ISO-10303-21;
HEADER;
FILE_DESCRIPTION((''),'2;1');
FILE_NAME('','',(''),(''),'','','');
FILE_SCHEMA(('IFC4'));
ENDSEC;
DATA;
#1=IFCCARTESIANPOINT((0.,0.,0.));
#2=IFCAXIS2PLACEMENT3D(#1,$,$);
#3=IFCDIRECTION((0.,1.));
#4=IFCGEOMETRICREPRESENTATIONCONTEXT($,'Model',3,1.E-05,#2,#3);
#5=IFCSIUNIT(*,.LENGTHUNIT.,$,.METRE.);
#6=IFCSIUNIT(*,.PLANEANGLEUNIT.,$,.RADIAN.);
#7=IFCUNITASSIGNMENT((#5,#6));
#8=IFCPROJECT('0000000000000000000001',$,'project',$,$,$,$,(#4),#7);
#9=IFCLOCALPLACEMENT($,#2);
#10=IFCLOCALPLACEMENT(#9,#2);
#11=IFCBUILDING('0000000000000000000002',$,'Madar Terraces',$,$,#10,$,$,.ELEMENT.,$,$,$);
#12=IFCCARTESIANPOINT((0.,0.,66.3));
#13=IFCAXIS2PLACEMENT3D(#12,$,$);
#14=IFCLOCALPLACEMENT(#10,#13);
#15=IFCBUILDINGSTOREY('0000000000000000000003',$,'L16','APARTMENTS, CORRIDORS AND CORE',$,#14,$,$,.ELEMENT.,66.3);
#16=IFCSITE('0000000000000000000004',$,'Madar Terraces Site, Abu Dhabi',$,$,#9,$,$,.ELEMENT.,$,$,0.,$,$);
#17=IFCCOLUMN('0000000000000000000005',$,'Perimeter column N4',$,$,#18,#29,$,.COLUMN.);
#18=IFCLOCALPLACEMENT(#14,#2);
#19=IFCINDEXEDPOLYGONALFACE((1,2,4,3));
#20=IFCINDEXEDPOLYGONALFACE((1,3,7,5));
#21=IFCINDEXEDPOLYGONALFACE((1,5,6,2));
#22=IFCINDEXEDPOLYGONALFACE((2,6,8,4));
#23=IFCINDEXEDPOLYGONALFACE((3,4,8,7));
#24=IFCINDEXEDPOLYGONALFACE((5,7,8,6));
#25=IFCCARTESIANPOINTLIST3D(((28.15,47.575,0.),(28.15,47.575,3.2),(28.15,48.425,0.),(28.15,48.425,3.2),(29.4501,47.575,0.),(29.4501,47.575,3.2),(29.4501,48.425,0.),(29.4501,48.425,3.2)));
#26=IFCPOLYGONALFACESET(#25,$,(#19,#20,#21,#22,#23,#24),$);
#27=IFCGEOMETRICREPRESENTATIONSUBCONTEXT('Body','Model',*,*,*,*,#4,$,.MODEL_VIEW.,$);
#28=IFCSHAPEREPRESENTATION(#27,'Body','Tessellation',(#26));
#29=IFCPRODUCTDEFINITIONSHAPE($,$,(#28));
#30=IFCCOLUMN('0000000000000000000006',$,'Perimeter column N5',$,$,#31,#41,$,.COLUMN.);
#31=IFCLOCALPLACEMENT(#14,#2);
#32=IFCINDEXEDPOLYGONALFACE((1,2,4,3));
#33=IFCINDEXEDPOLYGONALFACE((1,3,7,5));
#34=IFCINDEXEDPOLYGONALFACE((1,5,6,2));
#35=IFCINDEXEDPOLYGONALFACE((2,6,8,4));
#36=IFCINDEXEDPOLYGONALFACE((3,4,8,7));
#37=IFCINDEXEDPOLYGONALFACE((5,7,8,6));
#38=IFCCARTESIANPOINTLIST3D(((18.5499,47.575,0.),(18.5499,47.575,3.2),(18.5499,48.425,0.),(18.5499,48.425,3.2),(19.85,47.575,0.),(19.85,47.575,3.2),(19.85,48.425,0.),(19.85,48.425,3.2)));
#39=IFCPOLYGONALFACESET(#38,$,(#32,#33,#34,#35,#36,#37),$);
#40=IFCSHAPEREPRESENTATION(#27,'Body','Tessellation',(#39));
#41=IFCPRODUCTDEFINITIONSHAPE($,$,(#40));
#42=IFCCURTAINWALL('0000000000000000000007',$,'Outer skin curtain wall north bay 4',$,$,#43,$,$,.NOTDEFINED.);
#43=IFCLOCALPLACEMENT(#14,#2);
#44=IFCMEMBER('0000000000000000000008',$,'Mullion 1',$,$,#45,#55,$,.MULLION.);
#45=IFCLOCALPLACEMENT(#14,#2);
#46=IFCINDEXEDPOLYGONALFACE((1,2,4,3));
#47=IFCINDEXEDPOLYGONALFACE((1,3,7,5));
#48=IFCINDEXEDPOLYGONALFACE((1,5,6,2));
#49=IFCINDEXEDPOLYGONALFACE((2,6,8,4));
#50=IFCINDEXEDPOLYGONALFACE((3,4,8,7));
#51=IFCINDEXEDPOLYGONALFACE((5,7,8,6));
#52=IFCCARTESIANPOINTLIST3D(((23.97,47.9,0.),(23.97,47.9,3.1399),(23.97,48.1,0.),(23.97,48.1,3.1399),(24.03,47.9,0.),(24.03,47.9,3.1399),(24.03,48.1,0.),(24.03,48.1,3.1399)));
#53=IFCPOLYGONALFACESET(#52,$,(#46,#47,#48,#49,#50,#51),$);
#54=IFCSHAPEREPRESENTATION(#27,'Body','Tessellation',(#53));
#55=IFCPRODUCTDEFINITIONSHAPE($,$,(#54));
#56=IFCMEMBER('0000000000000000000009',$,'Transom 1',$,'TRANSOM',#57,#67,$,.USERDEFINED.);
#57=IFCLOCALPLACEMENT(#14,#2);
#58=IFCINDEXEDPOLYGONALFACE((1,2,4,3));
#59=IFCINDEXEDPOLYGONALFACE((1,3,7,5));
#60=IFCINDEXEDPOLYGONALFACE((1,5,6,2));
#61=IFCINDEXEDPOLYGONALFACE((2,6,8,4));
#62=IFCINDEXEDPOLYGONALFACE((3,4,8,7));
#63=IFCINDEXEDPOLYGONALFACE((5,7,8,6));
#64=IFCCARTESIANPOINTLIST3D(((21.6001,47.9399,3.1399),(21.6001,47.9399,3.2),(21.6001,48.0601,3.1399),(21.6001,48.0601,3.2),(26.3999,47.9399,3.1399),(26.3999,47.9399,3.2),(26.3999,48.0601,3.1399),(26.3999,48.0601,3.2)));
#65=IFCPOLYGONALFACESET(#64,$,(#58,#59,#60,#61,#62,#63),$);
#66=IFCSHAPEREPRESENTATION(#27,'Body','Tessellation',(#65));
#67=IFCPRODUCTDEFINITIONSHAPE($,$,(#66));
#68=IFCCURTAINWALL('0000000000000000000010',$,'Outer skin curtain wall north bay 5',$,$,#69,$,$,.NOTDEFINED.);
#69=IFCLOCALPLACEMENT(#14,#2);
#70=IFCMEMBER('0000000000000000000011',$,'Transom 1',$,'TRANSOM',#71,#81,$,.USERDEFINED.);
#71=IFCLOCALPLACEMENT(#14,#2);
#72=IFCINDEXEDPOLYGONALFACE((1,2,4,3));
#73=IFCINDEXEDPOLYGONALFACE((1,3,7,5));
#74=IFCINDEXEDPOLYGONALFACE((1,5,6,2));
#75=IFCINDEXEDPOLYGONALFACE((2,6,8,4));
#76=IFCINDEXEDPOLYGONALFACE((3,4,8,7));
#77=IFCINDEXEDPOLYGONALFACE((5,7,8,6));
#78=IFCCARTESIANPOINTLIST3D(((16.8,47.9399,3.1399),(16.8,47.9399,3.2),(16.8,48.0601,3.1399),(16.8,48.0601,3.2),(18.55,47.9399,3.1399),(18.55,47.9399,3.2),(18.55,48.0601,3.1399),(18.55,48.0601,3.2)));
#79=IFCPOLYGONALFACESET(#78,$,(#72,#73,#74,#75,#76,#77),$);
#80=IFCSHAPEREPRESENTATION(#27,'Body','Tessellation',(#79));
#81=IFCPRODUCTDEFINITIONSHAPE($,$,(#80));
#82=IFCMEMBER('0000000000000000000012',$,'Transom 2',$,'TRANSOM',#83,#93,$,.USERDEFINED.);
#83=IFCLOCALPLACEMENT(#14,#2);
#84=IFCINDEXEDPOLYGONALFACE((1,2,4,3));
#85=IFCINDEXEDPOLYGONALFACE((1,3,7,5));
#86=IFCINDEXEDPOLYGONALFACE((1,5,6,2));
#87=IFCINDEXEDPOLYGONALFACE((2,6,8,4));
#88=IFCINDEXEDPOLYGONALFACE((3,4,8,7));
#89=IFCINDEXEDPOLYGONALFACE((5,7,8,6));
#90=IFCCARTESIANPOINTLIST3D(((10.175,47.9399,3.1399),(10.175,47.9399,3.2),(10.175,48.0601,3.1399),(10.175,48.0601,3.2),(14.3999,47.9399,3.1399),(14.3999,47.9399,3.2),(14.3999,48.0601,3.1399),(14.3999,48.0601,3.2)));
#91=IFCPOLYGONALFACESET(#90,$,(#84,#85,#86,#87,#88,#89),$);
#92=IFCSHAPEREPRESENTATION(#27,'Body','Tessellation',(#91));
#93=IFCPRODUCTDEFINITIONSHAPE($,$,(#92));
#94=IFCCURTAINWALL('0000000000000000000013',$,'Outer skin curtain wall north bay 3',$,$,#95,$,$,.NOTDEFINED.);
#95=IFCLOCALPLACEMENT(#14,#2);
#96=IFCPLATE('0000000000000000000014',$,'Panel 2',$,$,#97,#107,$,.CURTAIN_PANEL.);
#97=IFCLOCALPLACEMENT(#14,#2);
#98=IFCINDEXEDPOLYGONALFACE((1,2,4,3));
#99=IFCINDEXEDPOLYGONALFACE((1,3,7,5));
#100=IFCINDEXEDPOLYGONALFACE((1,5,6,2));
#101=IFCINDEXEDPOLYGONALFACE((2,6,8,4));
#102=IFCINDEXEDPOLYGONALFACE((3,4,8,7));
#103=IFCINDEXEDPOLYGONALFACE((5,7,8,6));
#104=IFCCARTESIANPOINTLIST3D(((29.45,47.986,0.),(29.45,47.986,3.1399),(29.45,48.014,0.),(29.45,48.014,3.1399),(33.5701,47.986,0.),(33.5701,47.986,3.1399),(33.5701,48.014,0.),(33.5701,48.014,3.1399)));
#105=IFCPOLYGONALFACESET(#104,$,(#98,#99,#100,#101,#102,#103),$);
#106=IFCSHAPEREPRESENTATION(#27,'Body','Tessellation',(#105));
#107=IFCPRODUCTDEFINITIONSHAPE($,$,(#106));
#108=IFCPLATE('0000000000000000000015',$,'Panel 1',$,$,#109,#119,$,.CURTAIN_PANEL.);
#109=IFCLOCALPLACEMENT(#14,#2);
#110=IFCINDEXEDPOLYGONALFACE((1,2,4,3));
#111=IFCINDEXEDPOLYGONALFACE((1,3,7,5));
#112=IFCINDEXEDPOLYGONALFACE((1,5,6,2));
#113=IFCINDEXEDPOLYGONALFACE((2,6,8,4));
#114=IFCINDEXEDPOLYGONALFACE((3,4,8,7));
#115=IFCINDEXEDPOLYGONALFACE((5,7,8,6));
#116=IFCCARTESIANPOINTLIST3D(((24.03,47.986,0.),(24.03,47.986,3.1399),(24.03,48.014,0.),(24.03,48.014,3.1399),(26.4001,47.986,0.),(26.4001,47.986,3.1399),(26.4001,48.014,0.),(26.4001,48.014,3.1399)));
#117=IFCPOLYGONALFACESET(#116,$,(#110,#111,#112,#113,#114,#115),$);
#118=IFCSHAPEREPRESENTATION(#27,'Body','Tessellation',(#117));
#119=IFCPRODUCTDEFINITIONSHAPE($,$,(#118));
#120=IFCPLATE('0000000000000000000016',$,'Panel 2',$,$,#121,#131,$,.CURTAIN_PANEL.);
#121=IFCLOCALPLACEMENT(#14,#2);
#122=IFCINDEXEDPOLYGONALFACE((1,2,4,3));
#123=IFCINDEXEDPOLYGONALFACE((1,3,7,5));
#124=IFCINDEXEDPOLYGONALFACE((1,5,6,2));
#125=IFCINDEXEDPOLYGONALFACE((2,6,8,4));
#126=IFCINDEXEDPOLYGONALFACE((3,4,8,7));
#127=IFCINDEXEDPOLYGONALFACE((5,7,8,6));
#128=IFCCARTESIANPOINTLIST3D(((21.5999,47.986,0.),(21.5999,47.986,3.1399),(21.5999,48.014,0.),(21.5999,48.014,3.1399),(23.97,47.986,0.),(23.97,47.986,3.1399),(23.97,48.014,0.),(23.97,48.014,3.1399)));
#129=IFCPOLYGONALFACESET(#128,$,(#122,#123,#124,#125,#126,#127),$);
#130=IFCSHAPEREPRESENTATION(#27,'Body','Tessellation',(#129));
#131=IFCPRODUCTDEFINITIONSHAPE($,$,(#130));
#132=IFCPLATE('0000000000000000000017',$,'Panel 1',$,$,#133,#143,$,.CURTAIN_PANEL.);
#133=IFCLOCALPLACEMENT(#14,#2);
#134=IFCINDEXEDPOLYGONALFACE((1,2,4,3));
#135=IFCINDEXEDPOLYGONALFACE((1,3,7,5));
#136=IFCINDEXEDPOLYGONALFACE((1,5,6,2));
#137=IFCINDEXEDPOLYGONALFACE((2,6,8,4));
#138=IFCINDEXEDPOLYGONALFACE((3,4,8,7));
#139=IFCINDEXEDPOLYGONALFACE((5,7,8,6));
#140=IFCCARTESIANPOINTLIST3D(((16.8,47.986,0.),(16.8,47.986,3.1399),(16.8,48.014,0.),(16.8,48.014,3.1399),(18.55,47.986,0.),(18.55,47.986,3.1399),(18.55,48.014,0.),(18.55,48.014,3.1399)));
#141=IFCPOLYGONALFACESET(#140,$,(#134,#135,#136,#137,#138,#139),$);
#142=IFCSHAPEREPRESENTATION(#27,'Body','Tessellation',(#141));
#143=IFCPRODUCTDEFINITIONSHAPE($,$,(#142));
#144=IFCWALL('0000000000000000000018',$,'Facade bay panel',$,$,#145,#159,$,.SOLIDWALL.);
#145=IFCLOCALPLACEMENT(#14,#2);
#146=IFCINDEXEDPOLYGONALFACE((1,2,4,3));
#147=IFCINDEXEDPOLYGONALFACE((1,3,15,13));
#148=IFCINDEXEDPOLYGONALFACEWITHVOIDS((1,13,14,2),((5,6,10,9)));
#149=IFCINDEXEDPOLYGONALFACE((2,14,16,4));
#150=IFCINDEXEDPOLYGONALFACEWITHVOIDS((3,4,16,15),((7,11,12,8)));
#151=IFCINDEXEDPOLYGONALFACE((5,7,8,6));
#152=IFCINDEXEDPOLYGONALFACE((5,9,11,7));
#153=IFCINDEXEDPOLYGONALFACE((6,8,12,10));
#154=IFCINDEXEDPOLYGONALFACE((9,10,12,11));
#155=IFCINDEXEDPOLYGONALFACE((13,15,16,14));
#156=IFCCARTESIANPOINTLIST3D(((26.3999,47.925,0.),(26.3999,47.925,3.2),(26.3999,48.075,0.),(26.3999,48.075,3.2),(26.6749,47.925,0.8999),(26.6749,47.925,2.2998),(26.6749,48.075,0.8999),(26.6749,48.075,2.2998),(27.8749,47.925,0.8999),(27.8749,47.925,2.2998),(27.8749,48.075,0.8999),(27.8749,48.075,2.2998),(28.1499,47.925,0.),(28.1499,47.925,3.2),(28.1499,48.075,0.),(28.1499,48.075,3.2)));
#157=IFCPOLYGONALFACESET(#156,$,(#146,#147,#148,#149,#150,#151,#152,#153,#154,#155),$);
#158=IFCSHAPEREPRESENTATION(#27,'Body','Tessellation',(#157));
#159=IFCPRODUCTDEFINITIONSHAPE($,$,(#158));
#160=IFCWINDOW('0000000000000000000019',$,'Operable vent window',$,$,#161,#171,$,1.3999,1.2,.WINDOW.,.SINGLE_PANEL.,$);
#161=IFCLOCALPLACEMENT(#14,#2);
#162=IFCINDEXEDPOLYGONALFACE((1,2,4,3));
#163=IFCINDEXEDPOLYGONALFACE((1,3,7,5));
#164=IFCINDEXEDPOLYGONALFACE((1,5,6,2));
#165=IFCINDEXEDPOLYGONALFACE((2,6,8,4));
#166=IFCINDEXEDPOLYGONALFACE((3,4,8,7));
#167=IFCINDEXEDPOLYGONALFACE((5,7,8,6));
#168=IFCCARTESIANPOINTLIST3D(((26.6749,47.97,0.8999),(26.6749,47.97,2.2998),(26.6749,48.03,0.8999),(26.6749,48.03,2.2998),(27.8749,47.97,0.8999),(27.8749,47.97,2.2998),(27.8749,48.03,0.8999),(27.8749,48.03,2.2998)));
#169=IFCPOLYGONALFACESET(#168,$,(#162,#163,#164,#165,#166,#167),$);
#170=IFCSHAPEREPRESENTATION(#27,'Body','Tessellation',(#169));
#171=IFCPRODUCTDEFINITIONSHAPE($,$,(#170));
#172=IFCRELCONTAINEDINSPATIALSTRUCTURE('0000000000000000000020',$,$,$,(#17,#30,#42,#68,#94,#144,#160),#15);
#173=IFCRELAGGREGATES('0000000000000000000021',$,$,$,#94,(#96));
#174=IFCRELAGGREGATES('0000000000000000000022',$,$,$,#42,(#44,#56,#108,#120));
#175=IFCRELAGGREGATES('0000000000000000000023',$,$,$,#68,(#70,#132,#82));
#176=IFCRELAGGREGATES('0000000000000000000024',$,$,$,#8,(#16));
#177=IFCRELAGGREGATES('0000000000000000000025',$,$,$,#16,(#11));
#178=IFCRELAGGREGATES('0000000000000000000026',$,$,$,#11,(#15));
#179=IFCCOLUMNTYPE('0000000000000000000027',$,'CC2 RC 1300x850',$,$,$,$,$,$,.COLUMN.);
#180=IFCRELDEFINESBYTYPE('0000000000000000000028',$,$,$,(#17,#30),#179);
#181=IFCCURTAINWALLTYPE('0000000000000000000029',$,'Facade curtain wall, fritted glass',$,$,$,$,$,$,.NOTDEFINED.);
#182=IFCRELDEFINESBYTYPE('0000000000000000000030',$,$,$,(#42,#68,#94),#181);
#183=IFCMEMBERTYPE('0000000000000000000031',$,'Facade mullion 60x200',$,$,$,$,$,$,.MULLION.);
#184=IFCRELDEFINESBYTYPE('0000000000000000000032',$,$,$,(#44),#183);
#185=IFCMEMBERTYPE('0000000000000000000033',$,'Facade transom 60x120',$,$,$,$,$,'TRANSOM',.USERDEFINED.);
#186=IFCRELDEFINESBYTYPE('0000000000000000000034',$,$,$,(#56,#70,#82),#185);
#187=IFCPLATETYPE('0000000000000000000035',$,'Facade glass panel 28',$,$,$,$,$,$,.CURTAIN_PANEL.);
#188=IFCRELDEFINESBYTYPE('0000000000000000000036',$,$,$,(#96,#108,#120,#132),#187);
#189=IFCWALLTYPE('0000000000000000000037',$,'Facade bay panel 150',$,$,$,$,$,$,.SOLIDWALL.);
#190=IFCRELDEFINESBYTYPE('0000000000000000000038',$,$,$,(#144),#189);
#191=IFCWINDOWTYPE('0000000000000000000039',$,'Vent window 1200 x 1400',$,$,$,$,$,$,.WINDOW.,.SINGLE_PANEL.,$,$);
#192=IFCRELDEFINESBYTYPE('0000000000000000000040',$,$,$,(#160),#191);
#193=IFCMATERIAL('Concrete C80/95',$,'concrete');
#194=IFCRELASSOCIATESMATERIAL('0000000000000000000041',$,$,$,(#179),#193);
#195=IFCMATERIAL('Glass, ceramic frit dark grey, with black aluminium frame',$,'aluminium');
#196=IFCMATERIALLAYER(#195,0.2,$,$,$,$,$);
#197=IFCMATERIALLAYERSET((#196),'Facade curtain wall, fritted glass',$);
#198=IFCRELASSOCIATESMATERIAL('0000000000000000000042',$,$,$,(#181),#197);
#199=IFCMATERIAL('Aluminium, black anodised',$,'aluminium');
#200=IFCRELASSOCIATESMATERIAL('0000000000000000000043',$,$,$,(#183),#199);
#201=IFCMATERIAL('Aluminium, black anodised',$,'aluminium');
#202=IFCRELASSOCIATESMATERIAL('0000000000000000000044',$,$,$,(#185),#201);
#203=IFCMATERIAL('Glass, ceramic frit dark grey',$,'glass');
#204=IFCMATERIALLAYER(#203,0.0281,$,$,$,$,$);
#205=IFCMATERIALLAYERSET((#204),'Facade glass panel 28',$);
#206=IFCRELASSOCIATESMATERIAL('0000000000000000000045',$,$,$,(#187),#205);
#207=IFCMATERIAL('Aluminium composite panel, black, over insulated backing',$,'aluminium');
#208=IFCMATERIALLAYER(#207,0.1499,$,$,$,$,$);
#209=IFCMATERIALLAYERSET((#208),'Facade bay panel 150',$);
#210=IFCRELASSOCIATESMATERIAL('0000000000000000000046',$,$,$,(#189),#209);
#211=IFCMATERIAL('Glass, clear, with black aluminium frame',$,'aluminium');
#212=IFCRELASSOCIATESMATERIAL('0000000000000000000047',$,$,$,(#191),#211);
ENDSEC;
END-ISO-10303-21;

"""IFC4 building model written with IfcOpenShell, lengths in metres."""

from ifc_helpers import new_model, si_unit, direction, frame, frame_2d, origin, origin_2d, place, context, subcontext, project, spatial, rectangle, extrude, material, layer, layer_set, material_profile, profile_set, type_object, element, fill, aggregate, save


model = new_model("IFC4")

# Units and contexts
model_context = context("Model", 3, precision=1e-05, world=origin(), true_north=direction((0.0, 1.0)))
body_context = subcontext(model_context, "Body", "Model", "MODEL_VIEW")
ifc_project = project(units=[si_unit("LENGTHUNIT", "METRE"), si_unit("PLANEANGLEUNIT", "RADIAN")], contexts=[model_context])

# Site, building, storey
site_placement = place(None, origin())
site = spatial("IfcSite", under=ifc_project, at=site_placement, Name="Madar Terraces Site, Abu Dhabi", CompositionType="ELEMENT", RefElevation=0.0)
building_placement = place(site_placement, origin())
building = spatial("IfcBuilding", under=site, at=building_placement, Name="Madar Terraces", CompositionType="ELEMENT")
storey_placement = place(building_placement, frame((0.0, 0.0, 66.3)))
storey = spatial("IfcBuildingStorey", under=building, at=storey_placement, Name="L16", Description="APARTMENTS, CORRIDORS AND CORE", CompositionType="ELEMENT", Elevation=66.3)

# Columns
ifc_material_1 = material(Name="Concrete C80/95", Category="concrete")
ifc_material_profile_1 = material_profile(ifc_material_1, rectangle(XDim=1.3, YDim=0.8501, at=origin_2d()), Name="CC2 RC 1300x850")
ifc_profile_set_1 = profile_set([ifc_material_profile_1], Name="Concrete C80/95")
column_type = type_object("IfcColumnType", Name="CC2 RC 1300x850", PredefinedType="COLUMN", material=ifc_profile_set_1)
for number, where, z_axis, x_axis, name in (
    (1, (28.8, 48.0, 0.0), (0.0, 0.0, 1.0), (1.0, 0.0, 0.0), "Perimeter column N4"),
    (2, (19.2, 48.0, 0.0), (0.0, 0.0, 1.0), (1.0, 0.0, 0.0), "Perimeter column N5"),
):
    element("IfcColumn", number, at=place(storey_placement, frame(where, z_axis=z_axis, x_axis=x_axis)), inside=storey, type_object=column_type, Name=name, PredefinedType="COLUMN", context=body_context, shape_type="SweptSolid", body=[
        extrude(rectangle(XDim=1.3, YDim=0.8501, at=origin_2d()), origin(), (0.0, 0.0, 1.0), 3.2),
    ])

# Curtain walls, members
ifc_material_2 = material(Name="Glass, ceramic frit dark grey, with black aluminium frame", Category="aluminium")
ifc_layer_1 = layer(ifc_material_2, 0.2)
ifc_layer_set_1 = layer_set([ifc_layer_1], Name="Facade curtain wall, fritted glass")
curtain_wall_type = type_object("IfcCurtainWallType", Name="Facade curtain wall, fritted glass", PredefinedType="NOTDEFINED", material=ifc_layer_set_1)
curtain_wall_1_placement = place(storey_placement, origin())
curtain_wall_1 = element("IfcCurtainWall", 3, at=curtain_wall_1_placement, inside=storey, type_object=curtain_wall_type, Name="Outer skin curtain wall north bay 4", PredefinedType="NOTDEFINED")
ifc_material_3 = material(Name="Aluminium, black anodised", Category="aluminium")
ifc_material_profile_2 = material_profile(ifc_material_3, rectangle(XDim=0.2, YDim=0.0601, at=origin_2d()), Name="Facade mullion 60x200")
ifc_profile_set_2 = profile_set([ifc_material_profile_2], Name="Aluminium, black anodised")
member_type_1 = type_object("IfcMemberType", Name="Facade mullion 60x200", PredefinedType="MULLION", material=ifc_profile_set_2)
member_1_placement = place(storey_placement, frame((24.0, 48.0, 0.0), z_axis=(0.0, 0.0, 1.0), x_axis=(0.0, -1.0, 0.0)))
member_1 = element("IfcMember", 4, at=member_1_placement, type_object=member_type_1, Name="Mullion 1", PredefinedType="MULLION", context=body_context, shape_type="SweptSolid", body=[
    extrude(rectangle(XDim=0.2, YDim=0.0601, at=origin_2d()), origin(), (0.0, 0.0, 1.0), 3.1399),
])
ifc_material_4 = material(Name="Aluminium, black anodised", Category="aluminium")
ifc_material_profile_3 = material_profile(ifc_material_4, rectangle(XDim=0.1201, YDim=0.0601, at=origin_2d()), Name="Facade transom 60x120")
ifc_profile_set_3 = profile_set([ifc_material_profile_3], Name="Aluminium, black anodised")
member_type_2 = type_object("IfcMemberType", Name="Facade transom 60x120", ElementType="TRANSOM", PredefinedType="USERDEFINED", material=ifc_profile_set_3)
member_2_placement = place(storey_placement, frame((26.3999, 48.0, 3.1699), z_axis=(-1.0, 0.0, 0.0), x_axis=(0.0, -1.0, 0.0)))
member_2 = element("IfcMember", 5, at=member_2_placement, type_object=member_type_2, Name="Transom 1", ObjectType="TRANSOM", PredefinedType="USERDEFINED", context=body_context, shape_type="SweptSolid", body=[
    extrude(rectangle(XDim=0.1201, YDim=0.0601, at=origin_2d()), origin(), (0.0, 0.0, 1.0), 4.7998),
])
curtain_wall_2_placement = place(storey_placement, origin())
curtain_wall_2 = element("IfcCurtainWall", 6, at=curtain_wall_2_placement, inside=storey, type_object=curtain_wall_type, Name="Outer skin curtain wall north bay 5", PredefinedType="NOTDEFINED")
member_3_placement = place(storey_placement, frame((18.55, 48.0, 3.1699), z_axis=(-1.0, 0.0, 0.0), x_axis=(0.0, -1.0, 0.0)))
member_3 = element("IfcMember", 7, at=member_3_placement, type_object=member_type_2, Name="Transom 1", ObjectType="TRANSOM", PredefinedType="USERDEFINED", context=body_context, shape_type="SweptSolid", body=[
    extrude(rectangle(XDim=0.1201, YDim=0.0601, at=origin_2d()), origin(), (0.0, 0.0, 1.0), 1.75),
])
member_4_placement = place(storey_placement, frame((14.3999, 48.0, 3.1699), z_axis=(-1.0, 0.0, 0.0), x_axis=(0.0, -1.0, 0.0)))
member_4 = element("IfcMember", 8, at=member_4_placement, type_object=member_type_2, Name="Transom 2", ObjectType="TRANSOM", PredefinedType="USERDEFINED", context=body_context, shape_type="SweptSolid", body=[
    extrude(rectangle(XDim=0.1201, YDim=0.0601, at=origin_2d()), origin(), (0.0, 0.0, 1.0), 4.2249),
])

# Curtain wall, plate
curtain_wall_3_placement = place(storey_placement, origin())
curtain_wall_3 = element("IfcCurtainWall", 9, at=curtain_wall_3_placement, inside=storey, type_object=curtain_wall_type, Name="Outer skin curtain wall north bay 3", PredefinedType="NOTDEFINED")
ifc_material_5 = material(Name="Glass, ceramic frit dark grey", Category="glass")
ifc_layer_2 = layer(ifc_material_5, 0.0281)
ifc_layer_set_2 = layer_set([ifc_layer_2], Name="Facade glass panel 28")
plate_type = type_object("IfcPlateType", Name="Facade glass panel 28", PredefinedType="CURTAIN_PANEL", material=ifc_layer_set_2)
plate_1_placement = place(storey_placement, frame((31.51, 48.0, 0.0), z_axis=(0.0, 0.0, 1.0), x_axis=(-1.0, 0.0, 0.0)))
plate_1 = element("IfcPlate", 10, at=plate_1_placement, type_object=plate_type, Name="Panel 2", PredefinedType="CURTAIN_PANEL", context=body_context, shape_type="SweptSolid", body=[
    extrude(rectangle(XDim=4.1201, YDim=0.0281, at=origin_2d()), origin(), (0.0, 0.0, 1.0), 3.1399),
])
aggregate(curtain_wall_3, [plate_1])

# Plates
plate_2_placement = place(storey_placement, frame((25.2151, 48.0, 0.0), z_axis=(0.0, 0.0, 1.0), x_axis=(-1.0, 0.0, 0.0)))
plate_2 = element("IfcPlate", 11, at=plate_2_placement, type_object=plate_type, Name="Panel 1", PredefinedType="CURTAIN_PANEL", context=body_context, shape_type="SweptSolid", body=[
    extrude(rectangle(XDim=2.3701, YDim=0.0281, at=origin_2d()), origin(), (0.0, 0.0, 1.0), 3.1399),
])
plate_3_placement = place(storey_placement, frame((22.7849, 48.0, 0.0), z_axis=(0.0, 0.0, 1.0), x_axis=(-1.0, 0.0, 0.0)))
plate_3 = element("IfcPlate", 12, at=plate_3_placement, type_object=plate_type, Name="Panel 2", PredefinedType="CURTAIN_PANEL", context=body_context, shape_type="SweptSolid", body=[
    extrude(rectangle(XDim=2.3701, YDim=0.0281, at=origin_2d()), origin(), (0.0, 0.0, 1.0), 3.1399),
])
aggregate(curtain_wall_1, [member_1, member_2, plate_2, plate_3])
plate_4_placement = place(storey_placement, frame((17.675, 48.0, 0.0), z_axis=(0.0, 0.0, 1.0), x_axis=(-1.0, 0.0, 0.0)))
plate_4 = element("IfcPlate", 13, at=plate_4_placement, type_object=plate_type, Name="Panel 1", PredefinedType="CURTAIN_PANEL", context=body_context, shape_type="SweptSolid", body=[
    extrude(rectangle(XDim=1.75, YDim=0.0281, at=origin_2d()), origin(), (0.0, 0.0, 1.0), 3.1399),
])
aggregate(curtain_wall_2, [member_3, plate_4, member_4])

# Wall, opening, window
ifc_material_6 = material(Name="Aluminium composite panel, black, over insulated backing", Category="aluminium")
ifc_layer_3 = layer(ifc_material_6, 0.1499)
ifc_layer_set_3 = layer_set([ifc_layer_3], Name="Facade bay panel 150")
wall_type_1 = type_object("IfcWallType", Name="Facade bay panel 150", PredefinedType="SOLIDWALL", material=ifc_layer_set_3)
wall_1_placement = place(storey_placement, frame((28.1499, 48.0, 0.0), z_axis=(0.0, 0.0, 1.0), x_axis=(-1.0, 0.0, 0.0)))
wall_1 = element("IfcWall", 14, at=wall_1_placement, inside=storey, type_object=wall_type_1, Name="Facade bay panel", PredefinedType="SOLIDWALL", context=body_context, shape_type="SweptSolid", body=[
    extrude(rectangle(XDim=1.75, YDim=0.1499, at=frame_2d((0.875, 0.0))), origin(), (0.0, 0.0, 1.0), 3.2),
])
opening_1_placement = place(wall_1_placement, frame((0.2749, 0.0, 0.8999)))
opening_1 = element("IfcOpeningElement", 15, at=opening_1_placement, cuts=wall_1, PredefinedType="OPENING", context=body_context, shape_type="SweptSolid", body=[
    extrude(rectangle(XDim=1.2, YDim=1.3999, at=frame_2d((0.6001, 0.7))), frame((0.0, 0.085, 0.0), z_axis=(0.0, -1.0, 0.0), x_axis=(1.0, 0.0, 0.0)), (0.0, 0.0, 1.0), 0.1699),
])
ifc_material_7 = material(Name="Glass, clear, with black aluminium frame", Category="aluminium")
window_type = type_object("IfcWindowType", Name="Vent window 1200 x 1400", PartitioningType="SINGLE_PANEL", PredefinedType="WINDOW", material=ifc_material_7)
window_1_placement = place(opening_1_placement, origin())
window_1 = element("IfcWindow", 16, at=window_1_placement, inside=storey, type_object=window_type, Name="Operable vent window", OverallHeight=1.3999, OverallWidth=1.2, PartitioningType="SINGLE_PANEL", PredefinedType="WINDOW", context=body_context, shape_type="SweptSolid", body=[
    extrude(rectangle(XDim=1.2, YDim=1.3999, at=frame_2d((0.6001, 0.7))), frame((0.0, 0.03, 0.0), z_axis=(0.0, -1.0, 0.0), x_axis=(1.0, 0.0, 0.0)), (0.0, 0.0, 1.0), 0.0601),
])
fill(opening_1, window_1)

save(model, "model.ifc")
